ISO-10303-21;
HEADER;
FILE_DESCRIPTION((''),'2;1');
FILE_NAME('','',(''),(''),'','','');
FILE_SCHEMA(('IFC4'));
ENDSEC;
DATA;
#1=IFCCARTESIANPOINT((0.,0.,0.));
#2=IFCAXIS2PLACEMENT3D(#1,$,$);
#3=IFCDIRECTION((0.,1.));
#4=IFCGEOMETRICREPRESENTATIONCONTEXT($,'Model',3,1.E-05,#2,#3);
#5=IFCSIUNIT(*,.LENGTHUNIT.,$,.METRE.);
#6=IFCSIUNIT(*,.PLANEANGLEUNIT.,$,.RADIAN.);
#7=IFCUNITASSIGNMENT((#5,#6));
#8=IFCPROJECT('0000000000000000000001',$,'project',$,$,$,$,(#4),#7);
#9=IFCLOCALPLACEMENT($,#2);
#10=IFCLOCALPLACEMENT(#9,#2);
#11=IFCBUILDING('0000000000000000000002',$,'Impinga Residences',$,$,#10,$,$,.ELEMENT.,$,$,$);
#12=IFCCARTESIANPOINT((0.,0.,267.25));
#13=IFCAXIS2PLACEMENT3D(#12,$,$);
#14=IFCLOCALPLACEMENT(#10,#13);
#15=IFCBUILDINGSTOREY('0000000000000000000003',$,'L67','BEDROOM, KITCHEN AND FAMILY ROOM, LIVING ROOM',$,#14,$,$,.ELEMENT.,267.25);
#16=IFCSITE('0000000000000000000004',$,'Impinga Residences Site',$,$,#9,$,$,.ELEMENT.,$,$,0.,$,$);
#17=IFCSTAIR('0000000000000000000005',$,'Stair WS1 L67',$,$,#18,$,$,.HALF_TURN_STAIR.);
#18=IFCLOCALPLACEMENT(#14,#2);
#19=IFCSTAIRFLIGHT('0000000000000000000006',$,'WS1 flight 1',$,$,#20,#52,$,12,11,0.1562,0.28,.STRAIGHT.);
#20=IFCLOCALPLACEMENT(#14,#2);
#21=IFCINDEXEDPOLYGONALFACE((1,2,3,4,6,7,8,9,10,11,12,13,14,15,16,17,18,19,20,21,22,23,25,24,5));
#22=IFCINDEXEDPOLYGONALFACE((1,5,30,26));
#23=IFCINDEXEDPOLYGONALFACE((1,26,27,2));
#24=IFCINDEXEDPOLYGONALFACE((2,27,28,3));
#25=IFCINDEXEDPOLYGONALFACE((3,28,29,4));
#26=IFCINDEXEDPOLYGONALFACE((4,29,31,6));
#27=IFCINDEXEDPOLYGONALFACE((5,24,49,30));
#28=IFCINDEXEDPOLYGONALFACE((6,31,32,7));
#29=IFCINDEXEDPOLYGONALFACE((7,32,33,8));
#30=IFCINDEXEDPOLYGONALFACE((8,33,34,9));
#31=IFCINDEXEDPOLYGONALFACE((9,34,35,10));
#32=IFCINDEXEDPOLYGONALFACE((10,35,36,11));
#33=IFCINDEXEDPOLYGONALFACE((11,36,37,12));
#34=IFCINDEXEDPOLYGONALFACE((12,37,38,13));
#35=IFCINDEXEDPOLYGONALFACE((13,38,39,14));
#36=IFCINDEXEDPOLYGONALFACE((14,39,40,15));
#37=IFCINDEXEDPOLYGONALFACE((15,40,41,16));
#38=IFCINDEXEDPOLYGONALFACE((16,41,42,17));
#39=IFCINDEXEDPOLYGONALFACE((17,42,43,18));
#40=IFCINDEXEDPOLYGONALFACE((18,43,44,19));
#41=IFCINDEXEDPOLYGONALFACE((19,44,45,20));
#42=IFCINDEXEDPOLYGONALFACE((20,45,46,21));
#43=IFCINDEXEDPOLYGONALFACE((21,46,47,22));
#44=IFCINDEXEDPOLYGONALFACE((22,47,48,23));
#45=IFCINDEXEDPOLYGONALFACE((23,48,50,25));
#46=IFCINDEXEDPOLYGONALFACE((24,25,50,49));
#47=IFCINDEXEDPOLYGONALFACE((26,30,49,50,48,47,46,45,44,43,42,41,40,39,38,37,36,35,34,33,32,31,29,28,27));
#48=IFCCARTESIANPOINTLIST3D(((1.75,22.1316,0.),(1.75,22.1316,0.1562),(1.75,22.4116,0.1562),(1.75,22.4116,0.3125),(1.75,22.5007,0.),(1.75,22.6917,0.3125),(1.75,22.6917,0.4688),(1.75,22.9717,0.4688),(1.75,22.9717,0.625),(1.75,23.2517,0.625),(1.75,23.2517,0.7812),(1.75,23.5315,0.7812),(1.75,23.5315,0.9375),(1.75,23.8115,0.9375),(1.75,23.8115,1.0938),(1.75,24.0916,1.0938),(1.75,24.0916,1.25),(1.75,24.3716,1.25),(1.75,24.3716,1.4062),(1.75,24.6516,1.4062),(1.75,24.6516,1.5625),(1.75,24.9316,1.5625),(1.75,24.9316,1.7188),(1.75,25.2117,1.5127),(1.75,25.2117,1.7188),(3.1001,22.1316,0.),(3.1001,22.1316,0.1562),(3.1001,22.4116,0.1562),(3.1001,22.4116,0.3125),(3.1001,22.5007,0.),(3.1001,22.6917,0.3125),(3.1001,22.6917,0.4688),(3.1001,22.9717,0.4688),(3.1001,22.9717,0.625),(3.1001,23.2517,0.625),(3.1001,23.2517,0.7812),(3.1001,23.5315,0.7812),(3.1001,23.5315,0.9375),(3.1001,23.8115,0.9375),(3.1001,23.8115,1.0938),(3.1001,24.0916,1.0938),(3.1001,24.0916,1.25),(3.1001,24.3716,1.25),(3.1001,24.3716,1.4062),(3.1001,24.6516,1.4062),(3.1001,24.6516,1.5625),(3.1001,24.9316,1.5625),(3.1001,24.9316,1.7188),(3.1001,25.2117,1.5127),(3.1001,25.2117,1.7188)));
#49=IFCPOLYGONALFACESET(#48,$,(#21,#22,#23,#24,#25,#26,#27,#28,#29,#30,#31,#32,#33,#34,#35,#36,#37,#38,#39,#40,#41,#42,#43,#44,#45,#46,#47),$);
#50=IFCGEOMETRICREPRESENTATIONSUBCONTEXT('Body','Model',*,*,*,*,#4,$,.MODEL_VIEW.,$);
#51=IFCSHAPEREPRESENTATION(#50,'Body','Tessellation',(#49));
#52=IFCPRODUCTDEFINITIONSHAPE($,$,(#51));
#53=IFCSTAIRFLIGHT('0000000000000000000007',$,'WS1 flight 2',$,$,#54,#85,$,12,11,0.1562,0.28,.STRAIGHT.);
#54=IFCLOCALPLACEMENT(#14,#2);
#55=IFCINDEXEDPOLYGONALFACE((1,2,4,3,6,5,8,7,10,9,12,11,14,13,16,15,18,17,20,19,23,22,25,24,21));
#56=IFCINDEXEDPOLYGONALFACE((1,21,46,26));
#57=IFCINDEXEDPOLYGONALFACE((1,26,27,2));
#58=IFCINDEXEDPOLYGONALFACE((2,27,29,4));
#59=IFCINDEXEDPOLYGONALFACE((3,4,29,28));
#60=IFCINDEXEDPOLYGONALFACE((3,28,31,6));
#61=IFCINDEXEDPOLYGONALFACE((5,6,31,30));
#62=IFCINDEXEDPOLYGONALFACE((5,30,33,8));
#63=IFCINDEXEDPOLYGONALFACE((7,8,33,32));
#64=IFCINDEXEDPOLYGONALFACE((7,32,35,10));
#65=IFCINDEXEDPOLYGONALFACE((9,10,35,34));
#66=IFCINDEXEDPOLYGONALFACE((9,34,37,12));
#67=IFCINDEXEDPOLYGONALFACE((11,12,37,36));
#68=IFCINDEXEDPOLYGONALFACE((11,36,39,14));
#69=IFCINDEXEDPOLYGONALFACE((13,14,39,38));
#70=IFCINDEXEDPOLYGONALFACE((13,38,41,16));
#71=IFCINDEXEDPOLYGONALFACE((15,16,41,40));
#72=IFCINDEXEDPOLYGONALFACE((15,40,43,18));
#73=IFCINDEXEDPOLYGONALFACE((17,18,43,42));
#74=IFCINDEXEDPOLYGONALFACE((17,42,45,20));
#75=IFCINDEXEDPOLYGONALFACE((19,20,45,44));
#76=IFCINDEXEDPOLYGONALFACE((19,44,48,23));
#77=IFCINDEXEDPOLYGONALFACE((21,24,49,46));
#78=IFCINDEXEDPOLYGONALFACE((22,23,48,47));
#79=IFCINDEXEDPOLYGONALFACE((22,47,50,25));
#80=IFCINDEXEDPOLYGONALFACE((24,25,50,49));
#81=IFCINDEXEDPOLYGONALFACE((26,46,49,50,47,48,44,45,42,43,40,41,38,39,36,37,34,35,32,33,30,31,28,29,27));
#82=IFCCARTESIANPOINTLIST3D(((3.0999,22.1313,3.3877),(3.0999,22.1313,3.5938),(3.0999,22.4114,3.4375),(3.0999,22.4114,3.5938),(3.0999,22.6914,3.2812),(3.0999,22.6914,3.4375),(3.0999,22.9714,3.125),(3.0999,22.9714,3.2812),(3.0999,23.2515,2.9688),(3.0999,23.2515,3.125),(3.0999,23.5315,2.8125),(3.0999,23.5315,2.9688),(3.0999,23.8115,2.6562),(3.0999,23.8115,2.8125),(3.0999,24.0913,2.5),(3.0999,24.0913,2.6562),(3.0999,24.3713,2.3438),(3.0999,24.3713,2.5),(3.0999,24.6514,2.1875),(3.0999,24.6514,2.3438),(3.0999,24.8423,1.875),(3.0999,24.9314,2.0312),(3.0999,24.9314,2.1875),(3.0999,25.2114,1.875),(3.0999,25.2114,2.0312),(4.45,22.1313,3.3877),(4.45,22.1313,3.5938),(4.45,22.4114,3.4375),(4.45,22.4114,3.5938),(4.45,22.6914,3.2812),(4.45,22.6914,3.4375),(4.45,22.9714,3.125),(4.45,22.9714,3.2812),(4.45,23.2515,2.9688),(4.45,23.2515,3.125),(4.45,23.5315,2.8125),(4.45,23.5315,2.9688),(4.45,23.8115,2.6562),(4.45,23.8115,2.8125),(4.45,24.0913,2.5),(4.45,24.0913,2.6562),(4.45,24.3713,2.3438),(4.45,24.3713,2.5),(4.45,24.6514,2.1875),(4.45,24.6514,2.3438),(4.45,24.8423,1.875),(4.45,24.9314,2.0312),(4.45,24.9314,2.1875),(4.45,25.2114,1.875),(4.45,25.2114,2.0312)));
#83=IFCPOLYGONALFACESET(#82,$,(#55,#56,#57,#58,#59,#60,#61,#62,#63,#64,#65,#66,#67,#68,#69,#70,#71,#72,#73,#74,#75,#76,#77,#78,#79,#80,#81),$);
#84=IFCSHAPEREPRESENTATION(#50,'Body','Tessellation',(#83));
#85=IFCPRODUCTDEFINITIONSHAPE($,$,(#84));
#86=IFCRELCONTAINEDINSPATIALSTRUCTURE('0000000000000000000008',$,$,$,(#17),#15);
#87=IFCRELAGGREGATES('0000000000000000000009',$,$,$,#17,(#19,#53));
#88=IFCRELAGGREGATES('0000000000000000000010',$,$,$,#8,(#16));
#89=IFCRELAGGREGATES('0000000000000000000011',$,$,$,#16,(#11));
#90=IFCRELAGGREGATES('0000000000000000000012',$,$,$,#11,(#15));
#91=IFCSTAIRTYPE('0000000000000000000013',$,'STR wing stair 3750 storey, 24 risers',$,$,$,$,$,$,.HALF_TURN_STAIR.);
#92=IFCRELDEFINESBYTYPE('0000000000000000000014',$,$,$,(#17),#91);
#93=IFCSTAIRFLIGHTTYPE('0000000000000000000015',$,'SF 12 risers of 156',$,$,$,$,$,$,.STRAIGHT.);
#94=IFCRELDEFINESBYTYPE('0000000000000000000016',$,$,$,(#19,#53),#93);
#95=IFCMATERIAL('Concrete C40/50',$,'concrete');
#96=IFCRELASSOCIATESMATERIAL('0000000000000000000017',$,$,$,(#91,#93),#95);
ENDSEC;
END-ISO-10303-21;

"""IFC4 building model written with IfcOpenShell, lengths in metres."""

from ifc_helpers import new_model, si_unit, direction, frame, origin, place, context, subcontext, project, spatial, polyline, outline, extrude, material, type_object, element, aggregate, save


model = new_model("IFC4")

# Units and contexts
model_context = context("Model", 3, precision=1e-05, world=origin(), true_north=direction((0.0, 1.0)))
body_context = subcontext(model_context, "Body", "Model", "MODEL_VIEW")
ifc_project = project(units=[si_unit("LENGTHUNIT", "METRE"), si_unit("PLANEANGLEUNIT", "RADIAN")], contexts=[model_context])

# Site, building, storey
site_placement = place(None, origin())
site = spatial("IfcSite", under=ifc_project, at=site_placement, Name="Impinga Residences Site", CompositionType="ELEMENT", RefElevation=0.0)
building_placement = place(site_placement, origin())
building = spatial("IfcBuilding", under=site, at=building_placement, Name="Impinga Residences", CompositionType="ELEMENT")
storey_placement = place(building_placement, frame((0.0, 0.0, 267.25)))
storey = spatial("IfcBuildingStorey", under=building, at=storey_placement, Name="L67", Description="BEDROOM, KITCHEN AND FAMILY ROOM, LIVING ROOM", CompositionType="ELEMENT", Elevation=267.25)

# Stair, stair flights
ifc_material_1 = material(Name="Concrete C40/50", Category="concrete")
stair_type = type_object("IfcStairType", Name="STR wing stair 3750 storey, 24 risers", PredefinedType="HALF_TURN_STAIR", material=ifc_material_1)
stair_placement = place(storey_placement, origin())
stair = element("IfcStair", 1, at=stair_placement, inside=storey, type_object=stair_type, Name="Stair WS1 L67", PredefinedType="HALF_TURN_STAIR")
stair_flight_type = type_object("IfcStairFlightType", Name="SF 12 risers of 156", PredefinedType="STRAIGHT", material=ifc_material_1)
stair_flight_1_placement = place(storey_placement, frame((2.425, 22.1316, 0.0), z_axis=(0.0, 0.0, 1.0), x_axis=(0.0, 1.0, 0.0)))
stair_flight_1 = element("IfcStairFlight", 2, at=stair_flight_1_placement, type_object=stair_flight_type, Name="WS1 flight 1", NumberOfRisers=12, NumberOfTreads=11, PredefinedType="STRAIGHT", RiserHeight=0.1562, TreadLength=0.28, context=body_context, shape_type="SweptSolid", body=[
    extrude(outline(polyline([(0.0, 0.0), (0.0, 0.1562), (0.28, 0.1562), (0.28, 0.3125), (0.5601, 0.3125), (0.5601, 0.4688), (0.8401, 0.4688), (0.8401, 0.625), (1.1201, 0.625), (1.1201, 0.7812), (1.3999, 0.7812), (1.3999, 0.9375), (1.6799, 0.9375), (1.6799, 1.0938), (1.96, 1.0938), (1.96, 1.25), (2.24, 1.25), (2.24, 1.4062), (2.52, 1.4062), (2.52, 1.5625), (2.8, 1.5625), (2.8, 1.7188), (3.0801, 1.7188), (3.0801, 1.875), (3.0801, 1.5127), (0.3691, 0.0), (0.0, 0.0)])), frame((0.0, 0.675, 0.0), z_axis=(0.0, -1.0, 0.0), x_axis=(1.0, 0.0, 0.0)), (0.0, 0.0, 1.0), 1.3501),
])
stair_flight_2_placement = place(storey_placement, frame((3.7749, 25.2114, 1.875), z_axis=(0.0, 0.0, 1.0), x_axis=(0.0, -1.0, 0.0)))
stair_flight_2 = element("IfcStairFlight", 3, at=stair_flight_2_placement, type_object=stair_flight_type, Name="WS1 flight 2", NumberOfRisers=12, NumberOfTreads=11, PredefinedType="STRAIGHT", RiserHeight=0.1562, TreadLength=0.28, context=body_context, shape_type="SweptSolid", body=[
    extrude(outline(polyline([(0.0, 0.0), (0.0, 0.1562), (0.28, 0.1562), (0.28, 0.3125), (0.5601, 0.3125), (0.5601, 0.4688), (0.8401, 0.4688), (0.8401, 0.625), (1.1201, 0.625), (1.1201, 0.7812), (1.3999, 0.7812), (1.3999, 0.9375), (1.6799, 0.9375), (1.6799, 1.0938), (1.96, 1.0938), (1.96, 1.25), (2.24, 1.25), (2.24, 1.4062), (2.52, 1.4062), (2.52, 1.5625), (2.8, 1.5625), (2.8, 1.7188), (3.0801, 1.7188), (3.0801, 1.875), (3.0801, 1.5127), (0.3691, 0.0), (0.0, 0.0)])), frame((0.0, 0.675, 0.0), z_axis=(0.0, -1.0, 0.0), x_axis=(1.0, 0.0, 0.0)), (0.0, 0.0, 1.0), 1.3501),
])
aggregate(stair, [stair_flight_1, stair_flight_2])

save(model, "model.ifc")
